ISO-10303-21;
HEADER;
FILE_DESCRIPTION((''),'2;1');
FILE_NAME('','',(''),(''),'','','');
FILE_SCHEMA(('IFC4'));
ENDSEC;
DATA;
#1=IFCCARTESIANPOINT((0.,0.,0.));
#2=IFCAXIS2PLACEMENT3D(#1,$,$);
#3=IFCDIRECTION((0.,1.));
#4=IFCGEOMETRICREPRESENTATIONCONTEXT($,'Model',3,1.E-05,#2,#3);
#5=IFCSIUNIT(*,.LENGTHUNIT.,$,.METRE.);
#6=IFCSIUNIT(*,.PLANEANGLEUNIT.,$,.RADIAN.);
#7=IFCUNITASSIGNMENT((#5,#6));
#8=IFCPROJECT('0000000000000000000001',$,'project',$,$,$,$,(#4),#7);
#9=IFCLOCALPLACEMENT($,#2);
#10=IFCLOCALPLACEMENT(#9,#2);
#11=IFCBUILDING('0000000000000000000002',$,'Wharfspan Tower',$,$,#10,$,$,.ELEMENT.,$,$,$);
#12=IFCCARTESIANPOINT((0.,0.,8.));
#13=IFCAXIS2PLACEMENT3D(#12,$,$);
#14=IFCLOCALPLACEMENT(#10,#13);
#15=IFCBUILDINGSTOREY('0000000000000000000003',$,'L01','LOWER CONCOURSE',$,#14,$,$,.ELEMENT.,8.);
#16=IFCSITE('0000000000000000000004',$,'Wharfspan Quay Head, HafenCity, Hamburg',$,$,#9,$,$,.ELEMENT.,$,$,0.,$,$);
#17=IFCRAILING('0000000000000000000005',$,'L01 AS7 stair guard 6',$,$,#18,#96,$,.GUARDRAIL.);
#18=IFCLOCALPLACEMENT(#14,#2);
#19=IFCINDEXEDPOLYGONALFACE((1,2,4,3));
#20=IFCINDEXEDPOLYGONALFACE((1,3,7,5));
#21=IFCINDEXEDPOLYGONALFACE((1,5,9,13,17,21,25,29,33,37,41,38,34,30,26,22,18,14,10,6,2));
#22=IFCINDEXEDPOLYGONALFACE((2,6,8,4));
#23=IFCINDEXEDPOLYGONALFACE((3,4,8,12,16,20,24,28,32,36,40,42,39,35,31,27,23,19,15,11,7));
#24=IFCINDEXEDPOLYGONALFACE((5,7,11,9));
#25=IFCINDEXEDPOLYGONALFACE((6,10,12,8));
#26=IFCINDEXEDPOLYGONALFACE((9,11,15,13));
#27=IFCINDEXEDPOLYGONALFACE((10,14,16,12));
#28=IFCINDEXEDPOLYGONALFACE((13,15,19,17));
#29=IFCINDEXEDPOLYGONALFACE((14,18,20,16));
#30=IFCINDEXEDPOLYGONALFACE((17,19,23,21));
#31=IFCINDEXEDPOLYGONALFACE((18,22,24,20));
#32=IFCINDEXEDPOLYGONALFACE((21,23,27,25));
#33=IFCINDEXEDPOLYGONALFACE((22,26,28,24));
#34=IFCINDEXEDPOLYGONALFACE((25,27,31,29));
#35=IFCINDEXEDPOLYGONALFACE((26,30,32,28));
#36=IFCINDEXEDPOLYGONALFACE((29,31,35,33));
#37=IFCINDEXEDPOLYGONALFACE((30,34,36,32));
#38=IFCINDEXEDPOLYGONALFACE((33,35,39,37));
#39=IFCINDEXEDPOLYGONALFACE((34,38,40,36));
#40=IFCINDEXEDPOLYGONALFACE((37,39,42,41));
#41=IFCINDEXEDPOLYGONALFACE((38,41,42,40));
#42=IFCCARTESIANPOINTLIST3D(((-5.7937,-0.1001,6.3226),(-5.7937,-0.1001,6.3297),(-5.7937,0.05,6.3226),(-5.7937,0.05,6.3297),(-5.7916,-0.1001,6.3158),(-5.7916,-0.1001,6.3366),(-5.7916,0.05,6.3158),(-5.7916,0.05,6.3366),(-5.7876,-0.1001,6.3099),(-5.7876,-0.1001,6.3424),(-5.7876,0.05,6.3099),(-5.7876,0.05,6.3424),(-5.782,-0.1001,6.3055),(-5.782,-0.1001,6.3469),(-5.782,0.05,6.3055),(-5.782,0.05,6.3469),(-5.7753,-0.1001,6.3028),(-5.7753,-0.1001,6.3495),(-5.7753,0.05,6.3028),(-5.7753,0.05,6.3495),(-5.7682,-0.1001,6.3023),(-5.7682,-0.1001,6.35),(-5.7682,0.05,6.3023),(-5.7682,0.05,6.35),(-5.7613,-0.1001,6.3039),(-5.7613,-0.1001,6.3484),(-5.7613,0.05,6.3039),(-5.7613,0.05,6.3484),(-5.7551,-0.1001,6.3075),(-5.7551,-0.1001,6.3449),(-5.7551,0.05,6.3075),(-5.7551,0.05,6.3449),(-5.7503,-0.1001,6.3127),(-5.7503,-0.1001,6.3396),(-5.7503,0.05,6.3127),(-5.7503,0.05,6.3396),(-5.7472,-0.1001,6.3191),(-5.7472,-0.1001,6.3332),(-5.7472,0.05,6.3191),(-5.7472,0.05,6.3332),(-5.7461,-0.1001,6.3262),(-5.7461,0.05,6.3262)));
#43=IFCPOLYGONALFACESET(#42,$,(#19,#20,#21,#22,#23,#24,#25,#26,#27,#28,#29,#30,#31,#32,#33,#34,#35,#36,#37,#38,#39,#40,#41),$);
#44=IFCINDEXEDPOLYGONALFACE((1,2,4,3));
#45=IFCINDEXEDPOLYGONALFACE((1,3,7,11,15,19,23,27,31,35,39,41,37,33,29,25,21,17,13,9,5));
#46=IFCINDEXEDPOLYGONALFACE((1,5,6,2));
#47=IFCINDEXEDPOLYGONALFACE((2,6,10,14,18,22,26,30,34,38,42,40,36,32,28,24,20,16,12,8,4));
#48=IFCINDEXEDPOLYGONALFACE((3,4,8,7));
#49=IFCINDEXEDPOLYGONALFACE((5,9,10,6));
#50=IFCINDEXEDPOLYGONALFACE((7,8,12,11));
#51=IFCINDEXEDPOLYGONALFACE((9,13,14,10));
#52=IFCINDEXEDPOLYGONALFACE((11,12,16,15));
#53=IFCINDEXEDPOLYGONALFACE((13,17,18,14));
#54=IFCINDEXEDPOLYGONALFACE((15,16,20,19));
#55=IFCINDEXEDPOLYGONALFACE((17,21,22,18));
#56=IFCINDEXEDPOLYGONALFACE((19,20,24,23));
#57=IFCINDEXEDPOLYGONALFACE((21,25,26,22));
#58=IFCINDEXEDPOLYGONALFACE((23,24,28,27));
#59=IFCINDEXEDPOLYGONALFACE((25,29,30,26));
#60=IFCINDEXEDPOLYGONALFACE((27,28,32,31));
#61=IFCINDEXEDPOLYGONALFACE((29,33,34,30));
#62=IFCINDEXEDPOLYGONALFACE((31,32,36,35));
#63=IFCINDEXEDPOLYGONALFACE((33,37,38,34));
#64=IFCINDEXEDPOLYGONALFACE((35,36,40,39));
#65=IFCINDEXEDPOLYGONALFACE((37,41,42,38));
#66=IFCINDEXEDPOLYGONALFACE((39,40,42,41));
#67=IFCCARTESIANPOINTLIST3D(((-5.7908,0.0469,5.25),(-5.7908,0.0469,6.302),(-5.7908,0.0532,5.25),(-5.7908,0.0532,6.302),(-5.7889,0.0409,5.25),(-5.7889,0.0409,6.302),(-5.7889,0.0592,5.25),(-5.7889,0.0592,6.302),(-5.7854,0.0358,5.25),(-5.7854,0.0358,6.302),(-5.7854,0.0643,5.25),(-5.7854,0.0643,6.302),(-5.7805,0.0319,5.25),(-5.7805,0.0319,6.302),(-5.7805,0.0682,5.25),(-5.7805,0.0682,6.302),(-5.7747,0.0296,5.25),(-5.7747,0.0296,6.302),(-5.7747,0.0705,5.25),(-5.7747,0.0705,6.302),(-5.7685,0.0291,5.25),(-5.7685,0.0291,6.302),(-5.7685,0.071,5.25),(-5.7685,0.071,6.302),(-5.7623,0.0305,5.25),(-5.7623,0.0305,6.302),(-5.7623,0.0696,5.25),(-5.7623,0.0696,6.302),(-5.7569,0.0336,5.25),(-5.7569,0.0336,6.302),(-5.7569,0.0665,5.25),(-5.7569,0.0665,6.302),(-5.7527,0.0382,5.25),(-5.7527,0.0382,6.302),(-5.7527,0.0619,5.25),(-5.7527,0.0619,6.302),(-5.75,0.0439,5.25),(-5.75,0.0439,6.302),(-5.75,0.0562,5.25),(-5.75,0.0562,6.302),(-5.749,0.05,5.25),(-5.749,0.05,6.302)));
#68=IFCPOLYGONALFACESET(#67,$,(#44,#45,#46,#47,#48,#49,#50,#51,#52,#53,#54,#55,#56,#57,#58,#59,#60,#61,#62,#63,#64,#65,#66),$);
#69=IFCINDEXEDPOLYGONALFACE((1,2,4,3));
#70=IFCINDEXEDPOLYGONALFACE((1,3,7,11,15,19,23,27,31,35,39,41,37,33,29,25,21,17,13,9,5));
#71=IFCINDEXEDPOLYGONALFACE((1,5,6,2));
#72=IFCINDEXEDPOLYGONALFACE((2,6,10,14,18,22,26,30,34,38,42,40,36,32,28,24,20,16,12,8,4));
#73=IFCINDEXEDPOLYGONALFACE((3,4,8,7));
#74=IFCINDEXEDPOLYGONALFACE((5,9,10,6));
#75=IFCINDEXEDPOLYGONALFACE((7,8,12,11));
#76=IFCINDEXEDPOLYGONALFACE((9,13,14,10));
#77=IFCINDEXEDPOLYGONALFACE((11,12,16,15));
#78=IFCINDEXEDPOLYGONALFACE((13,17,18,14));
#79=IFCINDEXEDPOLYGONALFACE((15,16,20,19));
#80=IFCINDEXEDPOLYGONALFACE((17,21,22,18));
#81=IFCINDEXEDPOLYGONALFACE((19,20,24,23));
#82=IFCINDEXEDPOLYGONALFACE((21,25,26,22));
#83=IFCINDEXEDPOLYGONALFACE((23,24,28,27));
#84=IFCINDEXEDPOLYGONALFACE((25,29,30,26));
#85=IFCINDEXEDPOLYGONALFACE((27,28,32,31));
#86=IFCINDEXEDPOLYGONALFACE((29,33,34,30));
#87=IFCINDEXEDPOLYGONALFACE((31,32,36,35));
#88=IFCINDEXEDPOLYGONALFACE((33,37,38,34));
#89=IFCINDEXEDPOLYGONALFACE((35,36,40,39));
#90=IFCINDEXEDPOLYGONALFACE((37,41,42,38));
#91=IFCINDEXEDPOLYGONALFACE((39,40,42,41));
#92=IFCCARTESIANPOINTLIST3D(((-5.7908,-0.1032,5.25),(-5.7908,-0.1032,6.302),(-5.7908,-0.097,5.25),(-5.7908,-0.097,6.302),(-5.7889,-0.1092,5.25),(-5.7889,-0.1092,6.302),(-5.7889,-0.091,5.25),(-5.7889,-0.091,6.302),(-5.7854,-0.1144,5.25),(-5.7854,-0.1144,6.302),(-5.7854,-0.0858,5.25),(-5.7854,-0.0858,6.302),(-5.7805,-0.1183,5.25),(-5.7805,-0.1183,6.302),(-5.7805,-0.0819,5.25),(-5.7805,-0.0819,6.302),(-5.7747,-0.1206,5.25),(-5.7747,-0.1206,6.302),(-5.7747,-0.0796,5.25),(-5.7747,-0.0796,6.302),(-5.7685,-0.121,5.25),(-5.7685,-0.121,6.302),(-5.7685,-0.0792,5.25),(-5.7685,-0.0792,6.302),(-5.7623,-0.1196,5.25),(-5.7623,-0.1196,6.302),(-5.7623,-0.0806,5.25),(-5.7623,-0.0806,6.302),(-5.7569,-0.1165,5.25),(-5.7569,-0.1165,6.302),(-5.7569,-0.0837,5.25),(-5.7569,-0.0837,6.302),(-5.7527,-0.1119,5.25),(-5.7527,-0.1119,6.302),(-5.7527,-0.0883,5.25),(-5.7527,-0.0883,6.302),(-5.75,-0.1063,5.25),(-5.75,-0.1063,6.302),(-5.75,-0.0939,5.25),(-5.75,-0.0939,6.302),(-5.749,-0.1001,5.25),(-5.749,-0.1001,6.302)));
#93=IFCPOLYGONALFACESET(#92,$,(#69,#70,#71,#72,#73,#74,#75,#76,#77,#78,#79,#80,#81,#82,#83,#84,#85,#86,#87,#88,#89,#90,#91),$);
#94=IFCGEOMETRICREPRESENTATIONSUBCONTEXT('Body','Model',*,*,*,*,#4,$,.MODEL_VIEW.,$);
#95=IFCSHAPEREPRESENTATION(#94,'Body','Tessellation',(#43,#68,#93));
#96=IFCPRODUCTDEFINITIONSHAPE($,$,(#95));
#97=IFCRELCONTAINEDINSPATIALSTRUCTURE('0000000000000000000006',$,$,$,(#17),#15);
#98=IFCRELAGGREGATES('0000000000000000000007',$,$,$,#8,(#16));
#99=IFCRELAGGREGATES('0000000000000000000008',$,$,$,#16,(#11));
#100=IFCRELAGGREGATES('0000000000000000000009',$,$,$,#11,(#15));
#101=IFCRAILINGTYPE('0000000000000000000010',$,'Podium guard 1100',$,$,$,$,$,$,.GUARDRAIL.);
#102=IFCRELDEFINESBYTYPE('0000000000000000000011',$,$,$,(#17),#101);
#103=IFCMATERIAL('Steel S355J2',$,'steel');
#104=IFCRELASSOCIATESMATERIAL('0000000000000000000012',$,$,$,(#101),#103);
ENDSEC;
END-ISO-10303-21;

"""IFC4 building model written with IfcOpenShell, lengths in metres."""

from ifc_helpers import new_model, si_unit, direction, frame, origin, origin_2d, place, context, subcontext, project, spatial, circle, extrude, material, type_object, element, save


model = new_model("IFC4")

# Units and contexts
model_context = context("Model", 3, precision=1e-05, world=origin(), true_north=direction((0.0, 1.0)))
body_context = subcontext(model_context, "Body", "Model", "MODEL_VIEW")
ifc_project = project(units=[si_unit("LENGTHUNIT", "METRE"), si_unit("PLANEANGLEUNIT", "RADIAN")], contexts=[model_context])

# Site, building, storey
site_placement = place(None, origin())
site = spatial("IfcSite", under=ifc_project, at=site_placement, Name="Wharfspan Quay Head, HafenCity, Hamburg", CompositionType="ELEMENT", RefElevation=0.0)
building_placement = place(site_placement, origin())
building = spatial("IfcBuilding", under=site, at=building_placement, Name="Wharfspan Tower", CompositionType="ELEMENT")
storey_placement = place(building_placement, frame((0.0, 0.0, 8.0)))
storey = spatial("IfcBuildingStorey", under=building, at=storey_placement, Name="L01", Description="LOWER CONCOURSE", CompositionType="ELEMENT", Elevation=8.0)

# Railing
ifc_material_1 = material(Name="Steel S355J2", Category="steel")
railing_type_1 = type_object("IfcRailingType", Name="Podium guard 1100", PredefinedType="GUARDRAIL", material=ifc_material_1)
railing_1_placement = place(storey_placement, frame((-5.77, 0.05, 5.25)))
element("IfcRailing", 1, at=railing_1_placement, inside=storey, type_object=railing_type_1, Name="L01 AS7 stair guard 6", PredefinedType="GUARDRAIL", context=body_context, shape_type="SweptSolid", body=[
    extrude(circle(Radius=0.0239, at=origin_2d()), frame((0.0, 0.0, 1.0762), z_axis=(0.0, -1.0, 0.0), x_axis=(1.0, 0.0, 0.0)), (0.0, 0.0, 1.0), 0.1501),
    extrude(circle(Radius=0.021, at=origin_2d()), origin(), (0.0, 0.0, 1.0), 1.052),
    extrude(circle(Radius=0.021, at=origin_2d()), frame((0.0, -0.1501, 0.0)), (0.0, 0.0, 1.0), 1.052),
])

save(model, "model.ifc")
